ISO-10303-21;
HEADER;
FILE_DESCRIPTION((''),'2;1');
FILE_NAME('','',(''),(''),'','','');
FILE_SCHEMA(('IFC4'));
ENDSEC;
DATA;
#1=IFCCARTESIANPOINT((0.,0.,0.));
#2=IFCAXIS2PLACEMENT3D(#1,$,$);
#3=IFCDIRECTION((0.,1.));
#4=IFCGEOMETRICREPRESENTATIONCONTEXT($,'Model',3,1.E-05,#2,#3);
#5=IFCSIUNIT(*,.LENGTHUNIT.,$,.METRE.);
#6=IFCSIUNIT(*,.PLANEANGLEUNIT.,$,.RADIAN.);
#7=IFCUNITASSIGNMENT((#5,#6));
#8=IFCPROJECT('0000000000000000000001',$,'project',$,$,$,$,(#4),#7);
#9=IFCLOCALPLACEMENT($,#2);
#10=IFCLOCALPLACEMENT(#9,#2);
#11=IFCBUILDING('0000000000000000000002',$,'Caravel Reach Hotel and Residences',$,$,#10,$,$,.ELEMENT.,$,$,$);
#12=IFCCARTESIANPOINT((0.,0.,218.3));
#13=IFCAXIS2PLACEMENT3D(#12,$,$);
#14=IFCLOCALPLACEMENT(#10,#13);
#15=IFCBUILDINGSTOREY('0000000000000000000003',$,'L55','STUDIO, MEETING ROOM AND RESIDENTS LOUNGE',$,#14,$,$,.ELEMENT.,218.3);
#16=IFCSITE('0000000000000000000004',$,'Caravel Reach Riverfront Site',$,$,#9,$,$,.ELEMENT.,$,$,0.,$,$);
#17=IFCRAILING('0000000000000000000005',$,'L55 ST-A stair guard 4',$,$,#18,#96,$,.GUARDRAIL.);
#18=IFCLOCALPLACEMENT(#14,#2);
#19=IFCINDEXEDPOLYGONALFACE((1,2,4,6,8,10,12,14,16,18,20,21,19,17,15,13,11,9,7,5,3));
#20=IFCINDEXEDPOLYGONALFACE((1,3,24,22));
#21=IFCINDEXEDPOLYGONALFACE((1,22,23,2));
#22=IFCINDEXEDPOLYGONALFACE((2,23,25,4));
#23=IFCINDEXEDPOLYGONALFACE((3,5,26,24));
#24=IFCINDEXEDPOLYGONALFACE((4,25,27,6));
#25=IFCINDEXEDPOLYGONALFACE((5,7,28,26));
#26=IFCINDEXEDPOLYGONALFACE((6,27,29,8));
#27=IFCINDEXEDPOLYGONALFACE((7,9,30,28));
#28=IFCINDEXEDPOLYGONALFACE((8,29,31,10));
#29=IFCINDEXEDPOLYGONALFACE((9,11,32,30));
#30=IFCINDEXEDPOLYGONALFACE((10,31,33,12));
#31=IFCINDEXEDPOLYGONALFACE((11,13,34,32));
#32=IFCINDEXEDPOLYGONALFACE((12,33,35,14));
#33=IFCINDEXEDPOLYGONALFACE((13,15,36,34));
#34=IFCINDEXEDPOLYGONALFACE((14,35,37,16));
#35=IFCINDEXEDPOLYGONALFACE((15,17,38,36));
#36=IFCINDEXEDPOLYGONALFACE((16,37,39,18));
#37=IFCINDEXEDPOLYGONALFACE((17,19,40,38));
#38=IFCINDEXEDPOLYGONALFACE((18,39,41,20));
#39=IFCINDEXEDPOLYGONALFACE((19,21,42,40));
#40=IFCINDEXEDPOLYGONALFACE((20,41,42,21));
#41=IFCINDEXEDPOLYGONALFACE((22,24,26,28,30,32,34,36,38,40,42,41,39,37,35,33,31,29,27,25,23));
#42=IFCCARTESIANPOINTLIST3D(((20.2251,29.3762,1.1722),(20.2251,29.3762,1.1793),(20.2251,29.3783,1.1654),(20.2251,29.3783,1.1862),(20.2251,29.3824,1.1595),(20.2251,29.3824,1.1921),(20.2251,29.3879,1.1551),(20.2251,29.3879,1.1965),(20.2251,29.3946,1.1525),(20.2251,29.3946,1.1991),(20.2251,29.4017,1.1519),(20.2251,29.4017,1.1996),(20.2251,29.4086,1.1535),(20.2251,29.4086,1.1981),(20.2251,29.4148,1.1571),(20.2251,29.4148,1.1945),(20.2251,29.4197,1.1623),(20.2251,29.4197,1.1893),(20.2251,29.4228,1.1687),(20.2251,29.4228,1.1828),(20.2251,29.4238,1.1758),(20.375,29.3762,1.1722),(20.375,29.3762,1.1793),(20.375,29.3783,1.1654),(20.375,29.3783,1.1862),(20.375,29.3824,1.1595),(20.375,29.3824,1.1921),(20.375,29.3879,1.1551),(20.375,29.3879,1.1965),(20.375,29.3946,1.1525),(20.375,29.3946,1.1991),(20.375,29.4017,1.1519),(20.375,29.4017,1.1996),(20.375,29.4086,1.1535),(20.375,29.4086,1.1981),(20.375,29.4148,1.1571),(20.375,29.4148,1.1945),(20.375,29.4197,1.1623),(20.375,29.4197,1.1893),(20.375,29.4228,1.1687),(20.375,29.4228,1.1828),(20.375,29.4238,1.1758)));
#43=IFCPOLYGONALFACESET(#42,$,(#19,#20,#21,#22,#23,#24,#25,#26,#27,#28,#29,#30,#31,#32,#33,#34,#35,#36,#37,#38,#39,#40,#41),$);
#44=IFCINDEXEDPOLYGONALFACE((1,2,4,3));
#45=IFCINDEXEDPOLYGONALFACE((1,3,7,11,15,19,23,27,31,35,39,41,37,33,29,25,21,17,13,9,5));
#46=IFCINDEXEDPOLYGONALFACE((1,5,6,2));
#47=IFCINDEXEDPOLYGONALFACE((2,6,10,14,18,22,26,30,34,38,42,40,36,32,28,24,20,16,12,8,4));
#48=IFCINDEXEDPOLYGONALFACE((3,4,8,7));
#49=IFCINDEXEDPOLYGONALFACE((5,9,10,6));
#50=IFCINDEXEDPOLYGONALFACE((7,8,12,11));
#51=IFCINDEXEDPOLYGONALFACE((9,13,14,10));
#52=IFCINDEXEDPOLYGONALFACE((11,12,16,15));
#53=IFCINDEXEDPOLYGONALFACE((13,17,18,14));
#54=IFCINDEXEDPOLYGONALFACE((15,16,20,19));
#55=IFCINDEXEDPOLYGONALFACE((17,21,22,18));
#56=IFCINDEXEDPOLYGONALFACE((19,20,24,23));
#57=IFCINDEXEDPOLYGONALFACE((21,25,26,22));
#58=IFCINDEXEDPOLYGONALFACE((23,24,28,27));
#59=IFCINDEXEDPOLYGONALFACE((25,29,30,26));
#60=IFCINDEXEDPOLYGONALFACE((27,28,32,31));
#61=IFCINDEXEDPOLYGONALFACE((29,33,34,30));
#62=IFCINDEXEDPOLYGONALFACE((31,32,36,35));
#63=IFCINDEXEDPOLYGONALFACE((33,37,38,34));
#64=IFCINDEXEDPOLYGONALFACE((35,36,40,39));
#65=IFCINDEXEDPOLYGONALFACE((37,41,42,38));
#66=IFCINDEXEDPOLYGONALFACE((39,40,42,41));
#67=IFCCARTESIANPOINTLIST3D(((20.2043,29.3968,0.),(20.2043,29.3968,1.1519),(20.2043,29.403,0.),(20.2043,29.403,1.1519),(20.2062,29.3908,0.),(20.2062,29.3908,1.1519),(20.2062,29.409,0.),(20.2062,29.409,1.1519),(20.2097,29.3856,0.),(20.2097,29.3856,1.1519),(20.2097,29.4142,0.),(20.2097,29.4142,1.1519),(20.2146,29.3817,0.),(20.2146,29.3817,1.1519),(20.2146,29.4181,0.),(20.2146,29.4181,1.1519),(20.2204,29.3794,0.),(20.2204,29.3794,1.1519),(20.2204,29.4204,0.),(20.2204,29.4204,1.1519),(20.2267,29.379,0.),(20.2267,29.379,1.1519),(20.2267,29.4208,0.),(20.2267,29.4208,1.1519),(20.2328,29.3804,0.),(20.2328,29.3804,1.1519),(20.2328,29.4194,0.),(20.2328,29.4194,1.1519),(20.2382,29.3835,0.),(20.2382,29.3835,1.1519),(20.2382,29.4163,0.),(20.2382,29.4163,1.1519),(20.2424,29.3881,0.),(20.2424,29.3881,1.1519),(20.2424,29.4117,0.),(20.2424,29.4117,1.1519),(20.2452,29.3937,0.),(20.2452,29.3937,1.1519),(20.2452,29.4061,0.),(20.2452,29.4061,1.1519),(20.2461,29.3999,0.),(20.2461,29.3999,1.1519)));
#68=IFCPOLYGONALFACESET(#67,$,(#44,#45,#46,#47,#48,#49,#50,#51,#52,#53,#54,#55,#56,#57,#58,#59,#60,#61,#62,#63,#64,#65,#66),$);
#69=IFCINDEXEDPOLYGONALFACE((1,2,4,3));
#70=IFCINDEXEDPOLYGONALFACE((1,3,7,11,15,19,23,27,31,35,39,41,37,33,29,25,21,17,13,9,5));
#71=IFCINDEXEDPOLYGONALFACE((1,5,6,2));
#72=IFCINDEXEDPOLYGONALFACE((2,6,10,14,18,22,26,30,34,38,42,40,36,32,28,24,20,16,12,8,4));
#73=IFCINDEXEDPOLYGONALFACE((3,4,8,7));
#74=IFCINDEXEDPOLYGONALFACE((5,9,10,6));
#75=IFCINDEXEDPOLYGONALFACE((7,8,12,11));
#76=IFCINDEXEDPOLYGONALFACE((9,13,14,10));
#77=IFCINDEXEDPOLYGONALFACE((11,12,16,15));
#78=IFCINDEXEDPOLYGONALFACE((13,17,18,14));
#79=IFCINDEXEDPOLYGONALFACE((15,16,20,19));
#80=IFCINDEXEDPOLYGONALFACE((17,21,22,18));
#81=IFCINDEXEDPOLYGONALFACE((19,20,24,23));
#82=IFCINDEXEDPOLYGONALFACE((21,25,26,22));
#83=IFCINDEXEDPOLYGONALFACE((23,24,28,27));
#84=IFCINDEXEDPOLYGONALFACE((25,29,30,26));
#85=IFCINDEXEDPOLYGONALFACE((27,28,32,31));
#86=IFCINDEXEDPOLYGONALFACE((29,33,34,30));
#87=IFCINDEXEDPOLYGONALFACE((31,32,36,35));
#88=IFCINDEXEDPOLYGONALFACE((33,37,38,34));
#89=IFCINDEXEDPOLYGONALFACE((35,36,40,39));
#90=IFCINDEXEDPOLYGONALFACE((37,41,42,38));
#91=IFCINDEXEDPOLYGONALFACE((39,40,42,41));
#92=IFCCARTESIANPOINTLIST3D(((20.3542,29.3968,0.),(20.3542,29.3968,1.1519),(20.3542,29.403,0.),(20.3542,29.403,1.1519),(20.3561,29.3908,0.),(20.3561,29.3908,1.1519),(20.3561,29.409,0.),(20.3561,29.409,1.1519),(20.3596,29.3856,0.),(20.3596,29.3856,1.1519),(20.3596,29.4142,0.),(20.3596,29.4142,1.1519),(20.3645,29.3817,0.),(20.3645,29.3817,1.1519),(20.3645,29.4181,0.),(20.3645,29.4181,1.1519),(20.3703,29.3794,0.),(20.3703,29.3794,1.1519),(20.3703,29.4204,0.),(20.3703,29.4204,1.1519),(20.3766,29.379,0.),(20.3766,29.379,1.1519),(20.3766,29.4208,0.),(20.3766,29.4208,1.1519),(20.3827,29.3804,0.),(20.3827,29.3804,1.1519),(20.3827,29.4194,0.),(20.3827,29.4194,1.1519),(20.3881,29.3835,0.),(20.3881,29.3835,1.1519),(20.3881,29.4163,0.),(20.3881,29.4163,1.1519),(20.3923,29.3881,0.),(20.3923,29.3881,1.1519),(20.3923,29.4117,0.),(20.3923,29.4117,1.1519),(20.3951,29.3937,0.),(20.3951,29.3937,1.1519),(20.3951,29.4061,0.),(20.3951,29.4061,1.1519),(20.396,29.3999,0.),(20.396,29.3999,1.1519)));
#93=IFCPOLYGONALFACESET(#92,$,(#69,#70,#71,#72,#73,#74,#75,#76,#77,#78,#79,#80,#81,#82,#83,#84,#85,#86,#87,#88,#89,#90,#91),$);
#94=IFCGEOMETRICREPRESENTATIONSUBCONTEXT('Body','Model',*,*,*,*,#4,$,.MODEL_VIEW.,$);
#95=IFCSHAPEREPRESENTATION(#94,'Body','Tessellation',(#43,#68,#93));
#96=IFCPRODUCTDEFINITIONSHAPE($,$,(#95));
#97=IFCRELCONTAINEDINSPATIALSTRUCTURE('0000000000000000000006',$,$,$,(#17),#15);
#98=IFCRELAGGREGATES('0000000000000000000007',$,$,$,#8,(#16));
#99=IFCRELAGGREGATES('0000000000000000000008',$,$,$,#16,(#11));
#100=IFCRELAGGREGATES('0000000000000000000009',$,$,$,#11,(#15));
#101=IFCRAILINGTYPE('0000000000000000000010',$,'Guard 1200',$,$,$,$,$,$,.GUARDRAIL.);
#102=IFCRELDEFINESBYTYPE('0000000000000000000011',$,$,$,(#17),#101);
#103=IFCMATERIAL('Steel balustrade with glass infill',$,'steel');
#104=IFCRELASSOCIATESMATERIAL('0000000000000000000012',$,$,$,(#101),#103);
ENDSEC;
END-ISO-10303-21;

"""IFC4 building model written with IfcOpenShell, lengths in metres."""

from ifc_helpers import new_model, si_unit, direction, frame, origin, origin_2d, place, context, subcontext, project, spatial, circle, extrude, material, type_object, element, save


model = new_model("IFC4")

# Units and contexts
model_context = context("Model", 3, precision=1e-05, world=origin(), true_north=direction((0.0, 1.0)))
body_context = subcontext(model_context, "Body", "Model", "MODEL_VIEW")
ifc_project = project(units=[si_unit("LENGTHUNIT", "METRE"), si_unit("PLANEANGLEUNIT", "RADIAN")], contexts=[model_context])

# Site, building, storey
site_placement = place(None, origin())
site = spatial("IfcSite", under=ifc_project, at=site_placement, Name="Caravel Reach Riverfront Site", CompositionType="ELEMENT", RefElevation=0.0)
building_placement = place(site_placement, origin())
building = spatial("IfcBuilding", under=site, at=building_placement, Name="Caravel Reach Hotel and Residences", CompositionType="ELEMENT")
storey_placement = place(building_placement, frame((0.0, 0.0, 218.3)))
storey = spatial("IfcBuildingStorey", under=building, at=storey_placement, Name="L55", Description="STUDIO, MEETING ROOM AND RESIDENTS LOUNGE", CompositionType="ELEMENT", Elevation=218.3)

# Railing
ifc_material_1 = material(Name="Steel balustrade with glass infill", Category="steel")
railing_type_1 = type_object("IfcRailingType", Name="Guard 1200", PredefinedType="GUARDRAIL", material=ifc_material_1)
railing_1_placement = place(storey_placement, frame((20.2251, 29.3999, 0.0)))
element("IfcRailing", 1, at=railing_1_placement, inside=storey, type_object=railing_type_1, Name="L55 ST-A stair guard 4", PredefinedType="GUARDRAIL", context=body_context, shape_type="SweptSolid", body=[
    extrude(circle(Radius=0.0239, at=origin_2d()), frame((0.0, 0.0, 1.1758), z_axis=(1.0, 0.0, 0.0), x_axis=(0.0, 1.0, 0.0)), (0.0, 0.0, 1.0), 0.1499),
    extrude(circle(Radius=0.021, at=origin_2d()), origin(), (0.0, 0.0, 1.0), 1.1519),
    extrude(circle(Radius=0.021, at=origin_2d()), frame((0.1499, 0.0, 0.0)), (0.0, 0.0, 1.0), 1.1519),
])

save(model, "model.ifc")
